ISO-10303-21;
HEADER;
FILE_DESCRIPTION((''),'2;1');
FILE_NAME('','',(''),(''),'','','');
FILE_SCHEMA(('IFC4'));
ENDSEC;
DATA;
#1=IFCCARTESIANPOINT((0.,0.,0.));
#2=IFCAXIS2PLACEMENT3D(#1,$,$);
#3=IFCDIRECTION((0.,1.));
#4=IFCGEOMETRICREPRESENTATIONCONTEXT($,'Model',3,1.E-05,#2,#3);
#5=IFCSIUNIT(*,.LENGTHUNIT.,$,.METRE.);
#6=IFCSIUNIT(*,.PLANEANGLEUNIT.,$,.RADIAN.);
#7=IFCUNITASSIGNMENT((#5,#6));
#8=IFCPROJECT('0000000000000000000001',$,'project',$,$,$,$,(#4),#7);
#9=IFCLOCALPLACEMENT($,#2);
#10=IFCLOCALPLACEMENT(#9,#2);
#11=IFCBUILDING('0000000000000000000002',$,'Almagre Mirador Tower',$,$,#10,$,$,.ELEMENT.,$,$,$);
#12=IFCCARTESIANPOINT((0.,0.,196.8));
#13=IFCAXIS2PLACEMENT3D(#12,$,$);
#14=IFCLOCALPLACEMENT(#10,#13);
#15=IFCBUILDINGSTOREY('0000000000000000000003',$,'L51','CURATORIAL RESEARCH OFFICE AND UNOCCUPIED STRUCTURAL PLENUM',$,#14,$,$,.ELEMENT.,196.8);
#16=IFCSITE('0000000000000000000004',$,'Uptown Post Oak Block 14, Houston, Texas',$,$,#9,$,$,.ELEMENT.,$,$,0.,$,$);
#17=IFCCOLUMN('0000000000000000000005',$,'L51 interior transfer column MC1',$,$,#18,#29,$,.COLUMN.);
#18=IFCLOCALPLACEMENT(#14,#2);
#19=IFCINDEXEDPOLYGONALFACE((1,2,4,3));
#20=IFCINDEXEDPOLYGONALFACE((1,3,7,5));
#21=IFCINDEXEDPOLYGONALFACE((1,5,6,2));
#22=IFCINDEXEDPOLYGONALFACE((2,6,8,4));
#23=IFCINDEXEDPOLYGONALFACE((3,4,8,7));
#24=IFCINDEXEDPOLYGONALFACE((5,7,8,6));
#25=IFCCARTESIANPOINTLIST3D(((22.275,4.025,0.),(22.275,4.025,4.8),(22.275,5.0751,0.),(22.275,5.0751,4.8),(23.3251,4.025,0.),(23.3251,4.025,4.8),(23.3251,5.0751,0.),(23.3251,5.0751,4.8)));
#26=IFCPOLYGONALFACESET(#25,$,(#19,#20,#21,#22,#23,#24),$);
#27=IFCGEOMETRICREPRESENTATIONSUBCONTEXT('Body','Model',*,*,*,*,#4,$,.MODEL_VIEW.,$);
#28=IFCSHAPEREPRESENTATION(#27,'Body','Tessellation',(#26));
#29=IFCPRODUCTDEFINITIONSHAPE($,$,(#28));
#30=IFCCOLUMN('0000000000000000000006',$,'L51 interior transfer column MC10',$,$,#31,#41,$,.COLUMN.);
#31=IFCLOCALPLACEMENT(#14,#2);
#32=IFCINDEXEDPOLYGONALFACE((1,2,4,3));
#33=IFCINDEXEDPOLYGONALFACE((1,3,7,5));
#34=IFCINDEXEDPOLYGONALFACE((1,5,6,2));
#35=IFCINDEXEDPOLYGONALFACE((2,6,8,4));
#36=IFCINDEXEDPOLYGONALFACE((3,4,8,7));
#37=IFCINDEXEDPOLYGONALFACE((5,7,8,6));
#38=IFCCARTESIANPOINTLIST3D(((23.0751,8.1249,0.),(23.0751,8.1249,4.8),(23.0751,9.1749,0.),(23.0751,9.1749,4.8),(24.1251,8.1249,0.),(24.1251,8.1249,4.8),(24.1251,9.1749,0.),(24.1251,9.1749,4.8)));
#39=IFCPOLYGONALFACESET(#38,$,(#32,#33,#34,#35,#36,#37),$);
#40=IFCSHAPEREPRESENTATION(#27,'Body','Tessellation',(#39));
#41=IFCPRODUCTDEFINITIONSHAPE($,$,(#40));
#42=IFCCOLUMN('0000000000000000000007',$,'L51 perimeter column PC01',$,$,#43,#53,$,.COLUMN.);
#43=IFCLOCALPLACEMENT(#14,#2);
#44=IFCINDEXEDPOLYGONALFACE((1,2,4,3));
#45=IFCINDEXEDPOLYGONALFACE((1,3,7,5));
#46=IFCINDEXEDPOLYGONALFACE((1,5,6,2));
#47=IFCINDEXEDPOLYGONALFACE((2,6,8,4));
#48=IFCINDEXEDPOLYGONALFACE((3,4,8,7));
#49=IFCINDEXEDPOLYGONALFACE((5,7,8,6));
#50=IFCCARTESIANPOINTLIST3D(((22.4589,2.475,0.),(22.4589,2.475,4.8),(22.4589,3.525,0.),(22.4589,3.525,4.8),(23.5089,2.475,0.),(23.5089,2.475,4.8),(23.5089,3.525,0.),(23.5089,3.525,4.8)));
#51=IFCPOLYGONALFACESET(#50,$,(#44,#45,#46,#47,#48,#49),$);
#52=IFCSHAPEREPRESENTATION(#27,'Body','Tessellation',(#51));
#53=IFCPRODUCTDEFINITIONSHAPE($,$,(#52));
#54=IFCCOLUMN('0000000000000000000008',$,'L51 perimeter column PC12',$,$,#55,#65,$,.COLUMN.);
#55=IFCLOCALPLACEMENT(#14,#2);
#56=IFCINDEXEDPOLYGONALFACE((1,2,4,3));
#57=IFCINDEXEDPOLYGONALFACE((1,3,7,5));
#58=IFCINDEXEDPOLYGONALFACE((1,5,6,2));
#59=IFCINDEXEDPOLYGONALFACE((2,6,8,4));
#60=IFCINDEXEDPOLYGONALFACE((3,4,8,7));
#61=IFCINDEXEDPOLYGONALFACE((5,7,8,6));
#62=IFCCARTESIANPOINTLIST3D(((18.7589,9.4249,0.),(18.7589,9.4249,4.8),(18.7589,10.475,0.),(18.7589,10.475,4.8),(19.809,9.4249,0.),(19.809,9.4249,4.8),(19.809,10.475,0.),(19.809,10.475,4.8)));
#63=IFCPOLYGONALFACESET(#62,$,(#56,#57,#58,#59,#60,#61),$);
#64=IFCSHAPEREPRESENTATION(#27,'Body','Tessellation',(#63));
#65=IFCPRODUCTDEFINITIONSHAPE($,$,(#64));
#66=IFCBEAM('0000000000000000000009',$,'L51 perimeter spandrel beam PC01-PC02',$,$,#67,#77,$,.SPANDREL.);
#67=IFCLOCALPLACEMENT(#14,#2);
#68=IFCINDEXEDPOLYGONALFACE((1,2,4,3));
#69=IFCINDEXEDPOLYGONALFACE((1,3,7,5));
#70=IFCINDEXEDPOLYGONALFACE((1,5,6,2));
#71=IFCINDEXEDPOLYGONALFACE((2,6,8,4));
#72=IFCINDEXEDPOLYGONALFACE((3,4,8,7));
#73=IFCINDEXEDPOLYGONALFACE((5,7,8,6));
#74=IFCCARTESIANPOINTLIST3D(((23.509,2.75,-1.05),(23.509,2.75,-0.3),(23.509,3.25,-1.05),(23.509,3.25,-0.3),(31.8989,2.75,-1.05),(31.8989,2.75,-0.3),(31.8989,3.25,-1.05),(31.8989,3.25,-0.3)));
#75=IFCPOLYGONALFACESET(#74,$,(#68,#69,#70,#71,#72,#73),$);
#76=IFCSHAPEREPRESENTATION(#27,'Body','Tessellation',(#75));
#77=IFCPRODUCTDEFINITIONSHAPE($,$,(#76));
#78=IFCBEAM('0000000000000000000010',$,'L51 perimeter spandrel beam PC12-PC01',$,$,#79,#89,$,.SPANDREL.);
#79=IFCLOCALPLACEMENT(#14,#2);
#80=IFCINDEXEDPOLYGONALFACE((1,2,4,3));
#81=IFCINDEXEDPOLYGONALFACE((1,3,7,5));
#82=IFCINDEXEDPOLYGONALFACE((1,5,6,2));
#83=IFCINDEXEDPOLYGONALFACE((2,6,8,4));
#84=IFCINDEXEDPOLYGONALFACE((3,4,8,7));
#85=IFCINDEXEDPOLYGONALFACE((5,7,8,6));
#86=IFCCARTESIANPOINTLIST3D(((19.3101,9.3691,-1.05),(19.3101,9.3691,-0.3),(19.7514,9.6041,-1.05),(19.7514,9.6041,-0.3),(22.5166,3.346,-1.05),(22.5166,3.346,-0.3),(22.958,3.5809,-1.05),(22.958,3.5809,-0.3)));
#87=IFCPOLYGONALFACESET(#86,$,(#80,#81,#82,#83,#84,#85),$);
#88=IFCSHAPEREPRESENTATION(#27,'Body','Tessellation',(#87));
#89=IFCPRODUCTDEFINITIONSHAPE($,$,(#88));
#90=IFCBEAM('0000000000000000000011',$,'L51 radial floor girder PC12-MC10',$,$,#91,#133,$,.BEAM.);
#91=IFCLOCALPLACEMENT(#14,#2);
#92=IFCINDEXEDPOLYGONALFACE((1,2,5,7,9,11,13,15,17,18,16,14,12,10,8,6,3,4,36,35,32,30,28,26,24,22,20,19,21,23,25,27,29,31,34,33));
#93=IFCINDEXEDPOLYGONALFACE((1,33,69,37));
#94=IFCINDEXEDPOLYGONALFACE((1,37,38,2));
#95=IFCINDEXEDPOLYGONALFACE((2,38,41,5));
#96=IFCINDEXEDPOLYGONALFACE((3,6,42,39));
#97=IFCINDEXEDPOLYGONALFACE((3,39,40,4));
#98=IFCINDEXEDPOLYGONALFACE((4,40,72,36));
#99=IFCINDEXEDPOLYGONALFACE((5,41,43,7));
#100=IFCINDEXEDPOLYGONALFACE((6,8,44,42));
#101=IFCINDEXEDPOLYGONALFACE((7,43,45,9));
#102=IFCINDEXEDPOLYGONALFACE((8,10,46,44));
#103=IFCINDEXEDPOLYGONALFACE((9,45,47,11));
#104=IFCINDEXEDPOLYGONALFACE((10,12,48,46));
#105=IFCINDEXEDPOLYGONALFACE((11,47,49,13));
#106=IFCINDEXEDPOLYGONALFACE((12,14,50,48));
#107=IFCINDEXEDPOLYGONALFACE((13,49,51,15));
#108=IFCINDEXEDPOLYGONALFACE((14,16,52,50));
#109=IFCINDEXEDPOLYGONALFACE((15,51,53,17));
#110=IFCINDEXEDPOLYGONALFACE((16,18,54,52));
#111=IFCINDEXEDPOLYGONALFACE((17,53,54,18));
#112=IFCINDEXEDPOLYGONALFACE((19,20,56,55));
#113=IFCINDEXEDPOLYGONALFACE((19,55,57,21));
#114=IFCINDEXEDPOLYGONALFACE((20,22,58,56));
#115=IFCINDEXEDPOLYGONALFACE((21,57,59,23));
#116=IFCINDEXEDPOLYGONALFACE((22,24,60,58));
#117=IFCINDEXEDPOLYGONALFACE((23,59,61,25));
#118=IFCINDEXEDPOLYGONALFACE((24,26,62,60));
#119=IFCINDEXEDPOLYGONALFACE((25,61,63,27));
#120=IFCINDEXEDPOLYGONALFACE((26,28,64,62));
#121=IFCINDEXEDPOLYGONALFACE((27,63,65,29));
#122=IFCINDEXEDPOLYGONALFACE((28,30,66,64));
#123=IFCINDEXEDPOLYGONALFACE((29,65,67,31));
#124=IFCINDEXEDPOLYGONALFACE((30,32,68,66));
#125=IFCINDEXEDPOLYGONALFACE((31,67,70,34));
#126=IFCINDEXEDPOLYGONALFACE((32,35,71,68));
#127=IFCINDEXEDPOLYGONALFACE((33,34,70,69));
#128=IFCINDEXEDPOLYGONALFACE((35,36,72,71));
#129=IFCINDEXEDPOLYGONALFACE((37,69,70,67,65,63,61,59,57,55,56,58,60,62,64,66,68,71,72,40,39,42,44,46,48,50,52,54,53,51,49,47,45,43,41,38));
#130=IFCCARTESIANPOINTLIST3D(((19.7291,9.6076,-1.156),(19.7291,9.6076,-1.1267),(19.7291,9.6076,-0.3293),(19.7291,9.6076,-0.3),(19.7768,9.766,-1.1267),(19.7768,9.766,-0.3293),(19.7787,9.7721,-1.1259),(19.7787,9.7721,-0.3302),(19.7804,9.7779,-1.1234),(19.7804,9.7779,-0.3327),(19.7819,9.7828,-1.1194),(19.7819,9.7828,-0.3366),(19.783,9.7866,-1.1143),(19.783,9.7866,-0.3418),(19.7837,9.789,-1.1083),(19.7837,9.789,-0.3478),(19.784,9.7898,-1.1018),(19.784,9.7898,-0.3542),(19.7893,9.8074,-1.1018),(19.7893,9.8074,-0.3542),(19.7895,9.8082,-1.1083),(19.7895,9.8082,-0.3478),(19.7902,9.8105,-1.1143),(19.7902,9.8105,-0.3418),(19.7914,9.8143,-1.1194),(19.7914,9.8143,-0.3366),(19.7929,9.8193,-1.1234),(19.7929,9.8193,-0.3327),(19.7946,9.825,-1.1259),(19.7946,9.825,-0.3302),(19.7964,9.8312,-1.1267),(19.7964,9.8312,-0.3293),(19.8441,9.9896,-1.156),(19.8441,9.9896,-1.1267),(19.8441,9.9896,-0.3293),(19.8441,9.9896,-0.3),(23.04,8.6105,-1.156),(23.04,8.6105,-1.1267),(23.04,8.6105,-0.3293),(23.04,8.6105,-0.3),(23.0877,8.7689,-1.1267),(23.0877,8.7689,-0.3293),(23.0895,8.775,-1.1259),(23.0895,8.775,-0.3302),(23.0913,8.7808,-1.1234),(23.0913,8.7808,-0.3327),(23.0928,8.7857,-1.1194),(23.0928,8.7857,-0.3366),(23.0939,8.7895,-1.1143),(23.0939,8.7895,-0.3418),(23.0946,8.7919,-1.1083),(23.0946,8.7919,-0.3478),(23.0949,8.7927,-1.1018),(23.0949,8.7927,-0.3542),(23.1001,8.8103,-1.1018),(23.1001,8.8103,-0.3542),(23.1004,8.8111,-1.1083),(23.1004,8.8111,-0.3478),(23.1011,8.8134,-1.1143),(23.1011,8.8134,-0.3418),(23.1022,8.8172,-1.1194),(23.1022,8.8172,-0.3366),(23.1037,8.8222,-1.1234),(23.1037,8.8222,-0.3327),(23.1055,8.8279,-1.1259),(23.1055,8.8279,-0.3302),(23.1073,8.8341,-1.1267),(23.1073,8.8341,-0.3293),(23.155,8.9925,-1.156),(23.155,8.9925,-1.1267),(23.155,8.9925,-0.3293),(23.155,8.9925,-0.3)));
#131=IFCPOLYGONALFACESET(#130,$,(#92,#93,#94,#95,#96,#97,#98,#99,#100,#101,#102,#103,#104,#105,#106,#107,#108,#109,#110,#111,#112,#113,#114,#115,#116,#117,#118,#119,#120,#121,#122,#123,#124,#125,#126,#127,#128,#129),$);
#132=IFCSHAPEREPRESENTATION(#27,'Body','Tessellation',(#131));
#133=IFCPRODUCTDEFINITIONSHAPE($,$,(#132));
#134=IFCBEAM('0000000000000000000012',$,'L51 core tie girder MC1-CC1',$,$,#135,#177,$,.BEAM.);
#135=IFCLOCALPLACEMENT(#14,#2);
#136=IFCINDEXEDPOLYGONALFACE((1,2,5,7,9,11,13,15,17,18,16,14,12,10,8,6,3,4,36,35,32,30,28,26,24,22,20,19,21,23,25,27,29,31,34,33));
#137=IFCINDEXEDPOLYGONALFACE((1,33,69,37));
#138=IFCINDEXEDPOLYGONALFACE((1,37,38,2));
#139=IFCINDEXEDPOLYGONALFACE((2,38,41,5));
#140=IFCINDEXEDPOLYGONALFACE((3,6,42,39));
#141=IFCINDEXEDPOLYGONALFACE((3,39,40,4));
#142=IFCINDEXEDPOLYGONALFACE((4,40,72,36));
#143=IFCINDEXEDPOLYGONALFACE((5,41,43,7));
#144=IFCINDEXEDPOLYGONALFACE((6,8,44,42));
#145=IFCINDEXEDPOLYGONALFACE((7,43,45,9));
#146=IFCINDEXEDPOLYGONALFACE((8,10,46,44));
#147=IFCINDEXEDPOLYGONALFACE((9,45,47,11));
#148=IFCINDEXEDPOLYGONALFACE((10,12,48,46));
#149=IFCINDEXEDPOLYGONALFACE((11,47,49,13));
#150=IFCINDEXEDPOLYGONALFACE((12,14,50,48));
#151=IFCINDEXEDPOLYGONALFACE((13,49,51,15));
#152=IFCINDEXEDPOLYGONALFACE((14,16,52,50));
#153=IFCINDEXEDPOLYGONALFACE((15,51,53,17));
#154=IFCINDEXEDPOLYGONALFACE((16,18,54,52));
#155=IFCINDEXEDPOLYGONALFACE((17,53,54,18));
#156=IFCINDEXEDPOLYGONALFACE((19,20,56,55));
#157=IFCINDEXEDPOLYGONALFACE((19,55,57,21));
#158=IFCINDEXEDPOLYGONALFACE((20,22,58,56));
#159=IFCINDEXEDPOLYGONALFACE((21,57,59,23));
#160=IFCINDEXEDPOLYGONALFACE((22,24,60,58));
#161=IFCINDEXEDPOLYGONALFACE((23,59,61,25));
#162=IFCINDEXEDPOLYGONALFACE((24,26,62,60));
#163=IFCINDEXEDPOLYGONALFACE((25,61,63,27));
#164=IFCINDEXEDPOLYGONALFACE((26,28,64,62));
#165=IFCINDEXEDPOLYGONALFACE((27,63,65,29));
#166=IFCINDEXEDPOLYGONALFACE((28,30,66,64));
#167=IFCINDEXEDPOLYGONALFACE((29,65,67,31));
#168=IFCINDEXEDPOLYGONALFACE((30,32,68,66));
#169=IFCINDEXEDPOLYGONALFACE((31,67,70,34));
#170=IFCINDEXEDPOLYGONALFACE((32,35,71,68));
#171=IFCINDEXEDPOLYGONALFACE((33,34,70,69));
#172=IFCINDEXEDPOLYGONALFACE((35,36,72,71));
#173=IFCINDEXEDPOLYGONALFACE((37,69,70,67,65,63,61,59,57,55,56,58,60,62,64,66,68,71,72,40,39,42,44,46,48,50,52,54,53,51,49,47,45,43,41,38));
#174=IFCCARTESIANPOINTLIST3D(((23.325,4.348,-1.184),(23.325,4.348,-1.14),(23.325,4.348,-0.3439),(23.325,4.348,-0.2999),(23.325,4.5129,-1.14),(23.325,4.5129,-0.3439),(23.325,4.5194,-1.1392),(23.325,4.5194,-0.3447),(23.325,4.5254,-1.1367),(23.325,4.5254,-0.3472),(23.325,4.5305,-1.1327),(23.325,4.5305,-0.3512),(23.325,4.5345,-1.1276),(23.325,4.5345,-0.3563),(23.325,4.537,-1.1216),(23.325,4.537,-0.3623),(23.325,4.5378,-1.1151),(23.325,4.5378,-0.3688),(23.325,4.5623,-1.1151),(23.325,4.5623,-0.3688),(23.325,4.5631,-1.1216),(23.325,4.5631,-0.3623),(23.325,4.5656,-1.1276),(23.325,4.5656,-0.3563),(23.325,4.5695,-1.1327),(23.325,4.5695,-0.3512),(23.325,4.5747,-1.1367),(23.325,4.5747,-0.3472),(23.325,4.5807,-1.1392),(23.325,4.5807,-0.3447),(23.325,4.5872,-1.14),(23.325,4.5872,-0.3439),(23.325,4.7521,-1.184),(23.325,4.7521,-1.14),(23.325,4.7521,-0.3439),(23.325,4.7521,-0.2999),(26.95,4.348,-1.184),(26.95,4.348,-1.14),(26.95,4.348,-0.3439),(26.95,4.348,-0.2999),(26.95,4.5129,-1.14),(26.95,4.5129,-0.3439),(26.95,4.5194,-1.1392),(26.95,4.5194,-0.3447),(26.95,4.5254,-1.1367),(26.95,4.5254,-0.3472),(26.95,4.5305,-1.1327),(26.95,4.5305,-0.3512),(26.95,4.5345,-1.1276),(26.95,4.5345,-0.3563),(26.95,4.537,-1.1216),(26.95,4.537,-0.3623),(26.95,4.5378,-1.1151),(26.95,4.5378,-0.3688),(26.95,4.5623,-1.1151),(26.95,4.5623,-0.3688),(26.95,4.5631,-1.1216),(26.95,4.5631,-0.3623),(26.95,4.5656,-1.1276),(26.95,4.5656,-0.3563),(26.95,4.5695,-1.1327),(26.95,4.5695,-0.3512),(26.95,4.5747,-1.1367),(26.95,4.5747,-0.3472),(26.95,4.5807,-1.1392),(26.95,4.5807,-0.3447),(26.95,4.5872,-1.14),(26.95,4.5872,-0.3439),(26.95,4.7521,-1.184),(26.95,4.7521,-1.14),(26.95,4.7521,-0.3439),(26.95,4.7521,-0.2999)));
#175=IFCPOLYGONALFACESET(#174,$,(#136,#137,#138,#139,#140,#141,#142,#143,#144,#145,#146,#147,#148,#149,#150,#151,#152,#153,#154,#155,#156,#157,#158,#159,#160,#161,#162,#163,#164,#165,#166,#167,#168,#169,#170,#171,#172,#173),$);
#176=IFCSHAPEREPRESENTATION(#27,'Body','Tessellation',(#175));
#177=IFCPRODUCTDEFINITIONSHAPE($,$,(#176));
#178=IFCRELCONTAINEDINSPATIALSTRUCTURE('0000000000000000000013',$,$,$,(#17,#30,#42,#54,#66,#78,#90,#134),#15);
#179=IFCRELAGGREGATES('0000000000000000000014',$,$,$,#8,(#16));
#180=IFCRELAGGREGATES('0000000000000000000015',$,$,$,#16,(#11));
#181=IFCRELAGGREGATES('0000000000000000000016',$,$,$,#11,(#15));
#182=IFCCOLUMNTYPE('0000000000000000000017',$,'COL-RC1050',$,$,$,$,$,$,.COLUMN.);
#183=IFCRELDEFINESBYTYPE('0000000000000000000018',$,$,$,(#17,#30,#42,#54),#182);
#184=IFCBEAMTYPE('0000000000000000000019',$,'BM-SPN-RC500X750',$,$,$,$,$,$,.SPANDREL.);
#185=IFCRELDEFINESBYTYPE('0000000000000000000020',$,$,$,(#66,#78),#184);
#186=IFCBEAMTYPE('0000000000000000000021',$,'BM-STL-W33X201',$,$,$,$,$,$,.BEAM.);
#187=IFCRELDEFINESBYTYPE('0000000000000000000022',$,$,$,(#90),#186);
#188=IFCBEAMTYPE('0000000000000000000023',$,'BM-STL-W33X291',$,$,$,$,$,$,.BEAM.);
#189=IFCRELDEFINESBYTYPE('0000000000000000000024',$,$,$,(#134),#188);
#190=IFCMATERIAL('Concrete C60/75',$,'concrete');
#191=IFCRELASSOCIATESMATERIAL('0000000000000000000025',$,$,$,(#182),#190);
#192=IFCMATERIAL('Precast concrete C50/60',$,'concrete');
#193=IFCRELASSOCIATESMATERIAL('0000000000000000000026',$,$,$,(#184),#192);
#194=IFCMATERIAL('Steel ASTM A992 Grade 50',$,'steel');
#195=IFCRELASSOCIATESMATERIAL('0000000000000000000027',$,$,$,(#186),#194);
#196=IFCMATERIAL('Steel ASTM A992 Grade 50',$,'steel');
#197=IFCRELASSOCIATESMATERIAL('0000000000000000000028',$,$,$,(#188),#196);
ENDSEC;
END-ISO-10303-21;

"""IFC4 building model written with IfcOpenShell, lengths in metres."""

from ifc_helpers import new_model, si_unit, direction, frame, origin, origin_2d, place, context, subcontext, project, spatial, rectangle, i_section, extrude, material, material_profile, profile_set, type_object, element, save


model = new_model("IFC4")

# Units and contexts
model_context = context("Model", 3, precision=1e-05, world=origin(), true_north=direction((0.0, 1.0)))
body_context = subcontext(model_context, "Body", "Model", "MODEL_VIEW")
ifc_project = project(units=[si_unit("LENGTHUNIT", "METRE"), si_unit("PLANEANGLEUNIT", "RADIAN")], contexts=[model_context])

# Site, building, storey
site_placement = place(None, origin())
site = spatial("IfcSite", under=ifc_project, at=site_placement, Name="Uptown Post Oak Block 14, Houston, Texas", CompositionType="ELEMENT", RefElevation=0.0)
building_placement = place(site_placement, origin())
building = spatial("IfcBuilding", under=site, at=building_placement, Name="Almagre Mirador Tower", CompositionType="ELEMENT")
storey_placement = place(building_placement, frame((0.0, 0.0, 196.8)))
storey = spatial("IfcBuildingStorey", under=building, at=storey_placement, Name="L51", Description="CURATORIAL RESEARCH OFFICE AND UNOCCUPIED STRUCTURAL PLENUM", CompositionType="ELEMENT", Elevation=196.8)

# Columns
ifc_material_1 = material(Name="Concrete C60/75", Category="concrete")
ifc_material_profile_1 = material_profile(ifc_material_1, rectangle(XDim=1.05, YDim=1.05, at=origin_2d()), Name="RC1050X1050")
ifc_profile_set_1 = profile_set([ifc_material_profile_1], Name="Concrete C60/75")
column_type = type_object("IfcColumnType", Name="COL-RC1050", PredefinedType="COLUMN", material=ifc_profile_set_1)
for number, where, z_axis, x_axis, name in (
    (1, (22.8, 4.55, 0.0), (0.0, 0.0, 1.0), (1.0, 0.0, 0.0), "L51 interior transfer column MC1"),
    (2, (23.6001, 8.6499, 0.0), (0.0, 0.0, 1.0), (1.0, 0.0, 0.0), "L51 interior transfer column MC10"),
    (3, (22.9839, 3.0, 0.0), (0.0, 0.0, 1.0), (1.0, 0.0, 0.0), "L51 perimeter column PC01"),
    (4, (19.2839, 9.95, 0.0), (0.0, 0.0, 1.0), (1.0, 0.0, 0.0), "L51 perimeter column PC12"),
):
    element("IfcColumn", number, at=place(storey_placement, frame(where, z_axis=z_axis, x_axis=x_axis)), inside=storey, type_object=column_type, Name=name, PredefinedType="COLUMN", context=body_context, shape_type="SweptSolid", body=[
        extrude(rectangle(XDim=1.05, YDim=1.05, at=origin_2d()), origin(), (0.0, 0.0, 1.0), 4.8),
    ])

# Beams
ifc_material_2 = material(Name="Precast concrete C50/60", Category="concrete")
ifc_material_profile_2 = material_profile(ifc_material_2, rectangle(XDim=0.5, YDim=0.75, at=origin_2d()), Name="RC500X750")
ifc_profile_set_2 = profile_set([ifc_material_profile_2], Name="Precast concrete C50/60")
beam_type_1 = type_object("IfcBeamType", Name="BM-SPN-RC500X750", PredefinedType="SPANDREL", material=ifc_profile_set_2)
beam_1_placement = place(storey_placement, frame((23.509, 3.0, -0.675), z_axis=(1.0, 0.0, 0.0), x_axis=(0.0, 1.0, 0.0)))
element("IfcBeam", 5, at=beam_1_placement, inside=storey, type_object=beam_type_1, Name="L51 perimeter spandrel beam PC01-PC02", PredefinedType="SPANDREL", context=body_context, shape_type="SweptSolid", body=[
    extrude(rectangle(XDim=0.5, YDim=0.75, at=origin_2d()), origin(), (0.0, 0.0, 1.0), 8.3899),
])
beam_2_placement = place(storey_placement, frame((19.5308, 9.4866, -0.675), z_axis=(0.469923, -0.882707, 0.0), x_axis=(0.882707, 0.469923, 0.0)))
element("IfcBeam", 6, at=beam_2_placement, inside=storey, type_object=beam_type_1, Name="L51 perimeter spandrel beam PC12-PC01", PredefinedType="SPANDREL", context=body_context, shape_type="SweptSolid", body=[
    extrude(rectangle(XDim=0.5, YDim=0.75, at=origin_2d()), origin(), (0.0, 0.0, 1.0), 6.8235),
])
ifc_material_3 = material(Name="Steel ASTM A992 Grade 50", Category="steel")
ifc_material_profile_3 = material_profile(ifc_material_3, i_section(OverallWidth=0.3989, OverallDepth=0.856, WebThickness=0.0183, FlangeThickness=0.0293, FilletRadius=0.0249, at=origin_2d()), Name="W33X201")
ifc_profile_set_3 = profile_set([ifc_material_profile_3], Name="Steel ASTM A992 Grade 50")
beam_type_2 = type_object("IfcBeamType", Name="BM-STL-W33X201", PredefinedType="BEAM", material=ifc_profile_set_3)
beam_3_placement = place(storey_placement, frame((19.7866, 9.7986, -0.728), z_axis=(0.957521, -0.288365, 0.0), x_axis=(0.288365, 0.957521, 0.0)))
element("IfcBeam", 7, at=beam_3_placement, inside=storey, type_object=beam_type_2, Name="L51 radial floor girder PC12-MC10", PredefinedType="BEAM", context=body_context, shape_type="SweptSolid", body=[
    extrude(i_section(OverallWidth=0.3989, OverallDepth=0.856, WebThickness=0.0183, FlangeThickness=0.0293, FilletRadius=0.0249, at=origin_2d()), origin(), (0.0, 0.0, 1.0), 3.4578),
])
ifc_material_4 = material(Name="Steel ASTM A992 Grade 50", Category="steel")
ifc_material_profile_4 = material_profile(ifc_material_4, i_section(OverallWidth=0.4041, OverallDepth=0.884, WebThickness=0.0244, FlangeThickness=0.0439, FilletRadius=0.0249, at=origin_2d()), Name="W33X291")
ifc_profile_set_4 = profile_set([ifc_material_profile_4], Name="Steel ASTM A992 Grade 50")
beam_type_3 = type_object("IfcBeamType", Name="BM-STL-W33X291", PredefinedType="BEAM", material=ifc_profile_set_4)
beam_4_placement = place(storey_placement, frame((23.325, 4.55, -0.7419), z_axis=(1.0, 0.0, 0.0), x_axis=(0.0, 1.0, 0.0)))
element("IfcBeam", 8, at=beam_4_placement, inside=storey, type_object=beam_type_3, Name="L51 core tie girder MC1-CC1", PredefinedType="BEAM", context=body_context, shape_type="SweptSolid", body=[
    extrude(i_section(OverallWidth=0.4041, OverallDepth=0.884, WebThickness=0.0244, FlangeThickness=0.0439, FilletRadius=0.0249, at=origin_2d()), origin(), (0.0, 0.0, 1.0), 3.625),
])

save(model, "model.ifc")
